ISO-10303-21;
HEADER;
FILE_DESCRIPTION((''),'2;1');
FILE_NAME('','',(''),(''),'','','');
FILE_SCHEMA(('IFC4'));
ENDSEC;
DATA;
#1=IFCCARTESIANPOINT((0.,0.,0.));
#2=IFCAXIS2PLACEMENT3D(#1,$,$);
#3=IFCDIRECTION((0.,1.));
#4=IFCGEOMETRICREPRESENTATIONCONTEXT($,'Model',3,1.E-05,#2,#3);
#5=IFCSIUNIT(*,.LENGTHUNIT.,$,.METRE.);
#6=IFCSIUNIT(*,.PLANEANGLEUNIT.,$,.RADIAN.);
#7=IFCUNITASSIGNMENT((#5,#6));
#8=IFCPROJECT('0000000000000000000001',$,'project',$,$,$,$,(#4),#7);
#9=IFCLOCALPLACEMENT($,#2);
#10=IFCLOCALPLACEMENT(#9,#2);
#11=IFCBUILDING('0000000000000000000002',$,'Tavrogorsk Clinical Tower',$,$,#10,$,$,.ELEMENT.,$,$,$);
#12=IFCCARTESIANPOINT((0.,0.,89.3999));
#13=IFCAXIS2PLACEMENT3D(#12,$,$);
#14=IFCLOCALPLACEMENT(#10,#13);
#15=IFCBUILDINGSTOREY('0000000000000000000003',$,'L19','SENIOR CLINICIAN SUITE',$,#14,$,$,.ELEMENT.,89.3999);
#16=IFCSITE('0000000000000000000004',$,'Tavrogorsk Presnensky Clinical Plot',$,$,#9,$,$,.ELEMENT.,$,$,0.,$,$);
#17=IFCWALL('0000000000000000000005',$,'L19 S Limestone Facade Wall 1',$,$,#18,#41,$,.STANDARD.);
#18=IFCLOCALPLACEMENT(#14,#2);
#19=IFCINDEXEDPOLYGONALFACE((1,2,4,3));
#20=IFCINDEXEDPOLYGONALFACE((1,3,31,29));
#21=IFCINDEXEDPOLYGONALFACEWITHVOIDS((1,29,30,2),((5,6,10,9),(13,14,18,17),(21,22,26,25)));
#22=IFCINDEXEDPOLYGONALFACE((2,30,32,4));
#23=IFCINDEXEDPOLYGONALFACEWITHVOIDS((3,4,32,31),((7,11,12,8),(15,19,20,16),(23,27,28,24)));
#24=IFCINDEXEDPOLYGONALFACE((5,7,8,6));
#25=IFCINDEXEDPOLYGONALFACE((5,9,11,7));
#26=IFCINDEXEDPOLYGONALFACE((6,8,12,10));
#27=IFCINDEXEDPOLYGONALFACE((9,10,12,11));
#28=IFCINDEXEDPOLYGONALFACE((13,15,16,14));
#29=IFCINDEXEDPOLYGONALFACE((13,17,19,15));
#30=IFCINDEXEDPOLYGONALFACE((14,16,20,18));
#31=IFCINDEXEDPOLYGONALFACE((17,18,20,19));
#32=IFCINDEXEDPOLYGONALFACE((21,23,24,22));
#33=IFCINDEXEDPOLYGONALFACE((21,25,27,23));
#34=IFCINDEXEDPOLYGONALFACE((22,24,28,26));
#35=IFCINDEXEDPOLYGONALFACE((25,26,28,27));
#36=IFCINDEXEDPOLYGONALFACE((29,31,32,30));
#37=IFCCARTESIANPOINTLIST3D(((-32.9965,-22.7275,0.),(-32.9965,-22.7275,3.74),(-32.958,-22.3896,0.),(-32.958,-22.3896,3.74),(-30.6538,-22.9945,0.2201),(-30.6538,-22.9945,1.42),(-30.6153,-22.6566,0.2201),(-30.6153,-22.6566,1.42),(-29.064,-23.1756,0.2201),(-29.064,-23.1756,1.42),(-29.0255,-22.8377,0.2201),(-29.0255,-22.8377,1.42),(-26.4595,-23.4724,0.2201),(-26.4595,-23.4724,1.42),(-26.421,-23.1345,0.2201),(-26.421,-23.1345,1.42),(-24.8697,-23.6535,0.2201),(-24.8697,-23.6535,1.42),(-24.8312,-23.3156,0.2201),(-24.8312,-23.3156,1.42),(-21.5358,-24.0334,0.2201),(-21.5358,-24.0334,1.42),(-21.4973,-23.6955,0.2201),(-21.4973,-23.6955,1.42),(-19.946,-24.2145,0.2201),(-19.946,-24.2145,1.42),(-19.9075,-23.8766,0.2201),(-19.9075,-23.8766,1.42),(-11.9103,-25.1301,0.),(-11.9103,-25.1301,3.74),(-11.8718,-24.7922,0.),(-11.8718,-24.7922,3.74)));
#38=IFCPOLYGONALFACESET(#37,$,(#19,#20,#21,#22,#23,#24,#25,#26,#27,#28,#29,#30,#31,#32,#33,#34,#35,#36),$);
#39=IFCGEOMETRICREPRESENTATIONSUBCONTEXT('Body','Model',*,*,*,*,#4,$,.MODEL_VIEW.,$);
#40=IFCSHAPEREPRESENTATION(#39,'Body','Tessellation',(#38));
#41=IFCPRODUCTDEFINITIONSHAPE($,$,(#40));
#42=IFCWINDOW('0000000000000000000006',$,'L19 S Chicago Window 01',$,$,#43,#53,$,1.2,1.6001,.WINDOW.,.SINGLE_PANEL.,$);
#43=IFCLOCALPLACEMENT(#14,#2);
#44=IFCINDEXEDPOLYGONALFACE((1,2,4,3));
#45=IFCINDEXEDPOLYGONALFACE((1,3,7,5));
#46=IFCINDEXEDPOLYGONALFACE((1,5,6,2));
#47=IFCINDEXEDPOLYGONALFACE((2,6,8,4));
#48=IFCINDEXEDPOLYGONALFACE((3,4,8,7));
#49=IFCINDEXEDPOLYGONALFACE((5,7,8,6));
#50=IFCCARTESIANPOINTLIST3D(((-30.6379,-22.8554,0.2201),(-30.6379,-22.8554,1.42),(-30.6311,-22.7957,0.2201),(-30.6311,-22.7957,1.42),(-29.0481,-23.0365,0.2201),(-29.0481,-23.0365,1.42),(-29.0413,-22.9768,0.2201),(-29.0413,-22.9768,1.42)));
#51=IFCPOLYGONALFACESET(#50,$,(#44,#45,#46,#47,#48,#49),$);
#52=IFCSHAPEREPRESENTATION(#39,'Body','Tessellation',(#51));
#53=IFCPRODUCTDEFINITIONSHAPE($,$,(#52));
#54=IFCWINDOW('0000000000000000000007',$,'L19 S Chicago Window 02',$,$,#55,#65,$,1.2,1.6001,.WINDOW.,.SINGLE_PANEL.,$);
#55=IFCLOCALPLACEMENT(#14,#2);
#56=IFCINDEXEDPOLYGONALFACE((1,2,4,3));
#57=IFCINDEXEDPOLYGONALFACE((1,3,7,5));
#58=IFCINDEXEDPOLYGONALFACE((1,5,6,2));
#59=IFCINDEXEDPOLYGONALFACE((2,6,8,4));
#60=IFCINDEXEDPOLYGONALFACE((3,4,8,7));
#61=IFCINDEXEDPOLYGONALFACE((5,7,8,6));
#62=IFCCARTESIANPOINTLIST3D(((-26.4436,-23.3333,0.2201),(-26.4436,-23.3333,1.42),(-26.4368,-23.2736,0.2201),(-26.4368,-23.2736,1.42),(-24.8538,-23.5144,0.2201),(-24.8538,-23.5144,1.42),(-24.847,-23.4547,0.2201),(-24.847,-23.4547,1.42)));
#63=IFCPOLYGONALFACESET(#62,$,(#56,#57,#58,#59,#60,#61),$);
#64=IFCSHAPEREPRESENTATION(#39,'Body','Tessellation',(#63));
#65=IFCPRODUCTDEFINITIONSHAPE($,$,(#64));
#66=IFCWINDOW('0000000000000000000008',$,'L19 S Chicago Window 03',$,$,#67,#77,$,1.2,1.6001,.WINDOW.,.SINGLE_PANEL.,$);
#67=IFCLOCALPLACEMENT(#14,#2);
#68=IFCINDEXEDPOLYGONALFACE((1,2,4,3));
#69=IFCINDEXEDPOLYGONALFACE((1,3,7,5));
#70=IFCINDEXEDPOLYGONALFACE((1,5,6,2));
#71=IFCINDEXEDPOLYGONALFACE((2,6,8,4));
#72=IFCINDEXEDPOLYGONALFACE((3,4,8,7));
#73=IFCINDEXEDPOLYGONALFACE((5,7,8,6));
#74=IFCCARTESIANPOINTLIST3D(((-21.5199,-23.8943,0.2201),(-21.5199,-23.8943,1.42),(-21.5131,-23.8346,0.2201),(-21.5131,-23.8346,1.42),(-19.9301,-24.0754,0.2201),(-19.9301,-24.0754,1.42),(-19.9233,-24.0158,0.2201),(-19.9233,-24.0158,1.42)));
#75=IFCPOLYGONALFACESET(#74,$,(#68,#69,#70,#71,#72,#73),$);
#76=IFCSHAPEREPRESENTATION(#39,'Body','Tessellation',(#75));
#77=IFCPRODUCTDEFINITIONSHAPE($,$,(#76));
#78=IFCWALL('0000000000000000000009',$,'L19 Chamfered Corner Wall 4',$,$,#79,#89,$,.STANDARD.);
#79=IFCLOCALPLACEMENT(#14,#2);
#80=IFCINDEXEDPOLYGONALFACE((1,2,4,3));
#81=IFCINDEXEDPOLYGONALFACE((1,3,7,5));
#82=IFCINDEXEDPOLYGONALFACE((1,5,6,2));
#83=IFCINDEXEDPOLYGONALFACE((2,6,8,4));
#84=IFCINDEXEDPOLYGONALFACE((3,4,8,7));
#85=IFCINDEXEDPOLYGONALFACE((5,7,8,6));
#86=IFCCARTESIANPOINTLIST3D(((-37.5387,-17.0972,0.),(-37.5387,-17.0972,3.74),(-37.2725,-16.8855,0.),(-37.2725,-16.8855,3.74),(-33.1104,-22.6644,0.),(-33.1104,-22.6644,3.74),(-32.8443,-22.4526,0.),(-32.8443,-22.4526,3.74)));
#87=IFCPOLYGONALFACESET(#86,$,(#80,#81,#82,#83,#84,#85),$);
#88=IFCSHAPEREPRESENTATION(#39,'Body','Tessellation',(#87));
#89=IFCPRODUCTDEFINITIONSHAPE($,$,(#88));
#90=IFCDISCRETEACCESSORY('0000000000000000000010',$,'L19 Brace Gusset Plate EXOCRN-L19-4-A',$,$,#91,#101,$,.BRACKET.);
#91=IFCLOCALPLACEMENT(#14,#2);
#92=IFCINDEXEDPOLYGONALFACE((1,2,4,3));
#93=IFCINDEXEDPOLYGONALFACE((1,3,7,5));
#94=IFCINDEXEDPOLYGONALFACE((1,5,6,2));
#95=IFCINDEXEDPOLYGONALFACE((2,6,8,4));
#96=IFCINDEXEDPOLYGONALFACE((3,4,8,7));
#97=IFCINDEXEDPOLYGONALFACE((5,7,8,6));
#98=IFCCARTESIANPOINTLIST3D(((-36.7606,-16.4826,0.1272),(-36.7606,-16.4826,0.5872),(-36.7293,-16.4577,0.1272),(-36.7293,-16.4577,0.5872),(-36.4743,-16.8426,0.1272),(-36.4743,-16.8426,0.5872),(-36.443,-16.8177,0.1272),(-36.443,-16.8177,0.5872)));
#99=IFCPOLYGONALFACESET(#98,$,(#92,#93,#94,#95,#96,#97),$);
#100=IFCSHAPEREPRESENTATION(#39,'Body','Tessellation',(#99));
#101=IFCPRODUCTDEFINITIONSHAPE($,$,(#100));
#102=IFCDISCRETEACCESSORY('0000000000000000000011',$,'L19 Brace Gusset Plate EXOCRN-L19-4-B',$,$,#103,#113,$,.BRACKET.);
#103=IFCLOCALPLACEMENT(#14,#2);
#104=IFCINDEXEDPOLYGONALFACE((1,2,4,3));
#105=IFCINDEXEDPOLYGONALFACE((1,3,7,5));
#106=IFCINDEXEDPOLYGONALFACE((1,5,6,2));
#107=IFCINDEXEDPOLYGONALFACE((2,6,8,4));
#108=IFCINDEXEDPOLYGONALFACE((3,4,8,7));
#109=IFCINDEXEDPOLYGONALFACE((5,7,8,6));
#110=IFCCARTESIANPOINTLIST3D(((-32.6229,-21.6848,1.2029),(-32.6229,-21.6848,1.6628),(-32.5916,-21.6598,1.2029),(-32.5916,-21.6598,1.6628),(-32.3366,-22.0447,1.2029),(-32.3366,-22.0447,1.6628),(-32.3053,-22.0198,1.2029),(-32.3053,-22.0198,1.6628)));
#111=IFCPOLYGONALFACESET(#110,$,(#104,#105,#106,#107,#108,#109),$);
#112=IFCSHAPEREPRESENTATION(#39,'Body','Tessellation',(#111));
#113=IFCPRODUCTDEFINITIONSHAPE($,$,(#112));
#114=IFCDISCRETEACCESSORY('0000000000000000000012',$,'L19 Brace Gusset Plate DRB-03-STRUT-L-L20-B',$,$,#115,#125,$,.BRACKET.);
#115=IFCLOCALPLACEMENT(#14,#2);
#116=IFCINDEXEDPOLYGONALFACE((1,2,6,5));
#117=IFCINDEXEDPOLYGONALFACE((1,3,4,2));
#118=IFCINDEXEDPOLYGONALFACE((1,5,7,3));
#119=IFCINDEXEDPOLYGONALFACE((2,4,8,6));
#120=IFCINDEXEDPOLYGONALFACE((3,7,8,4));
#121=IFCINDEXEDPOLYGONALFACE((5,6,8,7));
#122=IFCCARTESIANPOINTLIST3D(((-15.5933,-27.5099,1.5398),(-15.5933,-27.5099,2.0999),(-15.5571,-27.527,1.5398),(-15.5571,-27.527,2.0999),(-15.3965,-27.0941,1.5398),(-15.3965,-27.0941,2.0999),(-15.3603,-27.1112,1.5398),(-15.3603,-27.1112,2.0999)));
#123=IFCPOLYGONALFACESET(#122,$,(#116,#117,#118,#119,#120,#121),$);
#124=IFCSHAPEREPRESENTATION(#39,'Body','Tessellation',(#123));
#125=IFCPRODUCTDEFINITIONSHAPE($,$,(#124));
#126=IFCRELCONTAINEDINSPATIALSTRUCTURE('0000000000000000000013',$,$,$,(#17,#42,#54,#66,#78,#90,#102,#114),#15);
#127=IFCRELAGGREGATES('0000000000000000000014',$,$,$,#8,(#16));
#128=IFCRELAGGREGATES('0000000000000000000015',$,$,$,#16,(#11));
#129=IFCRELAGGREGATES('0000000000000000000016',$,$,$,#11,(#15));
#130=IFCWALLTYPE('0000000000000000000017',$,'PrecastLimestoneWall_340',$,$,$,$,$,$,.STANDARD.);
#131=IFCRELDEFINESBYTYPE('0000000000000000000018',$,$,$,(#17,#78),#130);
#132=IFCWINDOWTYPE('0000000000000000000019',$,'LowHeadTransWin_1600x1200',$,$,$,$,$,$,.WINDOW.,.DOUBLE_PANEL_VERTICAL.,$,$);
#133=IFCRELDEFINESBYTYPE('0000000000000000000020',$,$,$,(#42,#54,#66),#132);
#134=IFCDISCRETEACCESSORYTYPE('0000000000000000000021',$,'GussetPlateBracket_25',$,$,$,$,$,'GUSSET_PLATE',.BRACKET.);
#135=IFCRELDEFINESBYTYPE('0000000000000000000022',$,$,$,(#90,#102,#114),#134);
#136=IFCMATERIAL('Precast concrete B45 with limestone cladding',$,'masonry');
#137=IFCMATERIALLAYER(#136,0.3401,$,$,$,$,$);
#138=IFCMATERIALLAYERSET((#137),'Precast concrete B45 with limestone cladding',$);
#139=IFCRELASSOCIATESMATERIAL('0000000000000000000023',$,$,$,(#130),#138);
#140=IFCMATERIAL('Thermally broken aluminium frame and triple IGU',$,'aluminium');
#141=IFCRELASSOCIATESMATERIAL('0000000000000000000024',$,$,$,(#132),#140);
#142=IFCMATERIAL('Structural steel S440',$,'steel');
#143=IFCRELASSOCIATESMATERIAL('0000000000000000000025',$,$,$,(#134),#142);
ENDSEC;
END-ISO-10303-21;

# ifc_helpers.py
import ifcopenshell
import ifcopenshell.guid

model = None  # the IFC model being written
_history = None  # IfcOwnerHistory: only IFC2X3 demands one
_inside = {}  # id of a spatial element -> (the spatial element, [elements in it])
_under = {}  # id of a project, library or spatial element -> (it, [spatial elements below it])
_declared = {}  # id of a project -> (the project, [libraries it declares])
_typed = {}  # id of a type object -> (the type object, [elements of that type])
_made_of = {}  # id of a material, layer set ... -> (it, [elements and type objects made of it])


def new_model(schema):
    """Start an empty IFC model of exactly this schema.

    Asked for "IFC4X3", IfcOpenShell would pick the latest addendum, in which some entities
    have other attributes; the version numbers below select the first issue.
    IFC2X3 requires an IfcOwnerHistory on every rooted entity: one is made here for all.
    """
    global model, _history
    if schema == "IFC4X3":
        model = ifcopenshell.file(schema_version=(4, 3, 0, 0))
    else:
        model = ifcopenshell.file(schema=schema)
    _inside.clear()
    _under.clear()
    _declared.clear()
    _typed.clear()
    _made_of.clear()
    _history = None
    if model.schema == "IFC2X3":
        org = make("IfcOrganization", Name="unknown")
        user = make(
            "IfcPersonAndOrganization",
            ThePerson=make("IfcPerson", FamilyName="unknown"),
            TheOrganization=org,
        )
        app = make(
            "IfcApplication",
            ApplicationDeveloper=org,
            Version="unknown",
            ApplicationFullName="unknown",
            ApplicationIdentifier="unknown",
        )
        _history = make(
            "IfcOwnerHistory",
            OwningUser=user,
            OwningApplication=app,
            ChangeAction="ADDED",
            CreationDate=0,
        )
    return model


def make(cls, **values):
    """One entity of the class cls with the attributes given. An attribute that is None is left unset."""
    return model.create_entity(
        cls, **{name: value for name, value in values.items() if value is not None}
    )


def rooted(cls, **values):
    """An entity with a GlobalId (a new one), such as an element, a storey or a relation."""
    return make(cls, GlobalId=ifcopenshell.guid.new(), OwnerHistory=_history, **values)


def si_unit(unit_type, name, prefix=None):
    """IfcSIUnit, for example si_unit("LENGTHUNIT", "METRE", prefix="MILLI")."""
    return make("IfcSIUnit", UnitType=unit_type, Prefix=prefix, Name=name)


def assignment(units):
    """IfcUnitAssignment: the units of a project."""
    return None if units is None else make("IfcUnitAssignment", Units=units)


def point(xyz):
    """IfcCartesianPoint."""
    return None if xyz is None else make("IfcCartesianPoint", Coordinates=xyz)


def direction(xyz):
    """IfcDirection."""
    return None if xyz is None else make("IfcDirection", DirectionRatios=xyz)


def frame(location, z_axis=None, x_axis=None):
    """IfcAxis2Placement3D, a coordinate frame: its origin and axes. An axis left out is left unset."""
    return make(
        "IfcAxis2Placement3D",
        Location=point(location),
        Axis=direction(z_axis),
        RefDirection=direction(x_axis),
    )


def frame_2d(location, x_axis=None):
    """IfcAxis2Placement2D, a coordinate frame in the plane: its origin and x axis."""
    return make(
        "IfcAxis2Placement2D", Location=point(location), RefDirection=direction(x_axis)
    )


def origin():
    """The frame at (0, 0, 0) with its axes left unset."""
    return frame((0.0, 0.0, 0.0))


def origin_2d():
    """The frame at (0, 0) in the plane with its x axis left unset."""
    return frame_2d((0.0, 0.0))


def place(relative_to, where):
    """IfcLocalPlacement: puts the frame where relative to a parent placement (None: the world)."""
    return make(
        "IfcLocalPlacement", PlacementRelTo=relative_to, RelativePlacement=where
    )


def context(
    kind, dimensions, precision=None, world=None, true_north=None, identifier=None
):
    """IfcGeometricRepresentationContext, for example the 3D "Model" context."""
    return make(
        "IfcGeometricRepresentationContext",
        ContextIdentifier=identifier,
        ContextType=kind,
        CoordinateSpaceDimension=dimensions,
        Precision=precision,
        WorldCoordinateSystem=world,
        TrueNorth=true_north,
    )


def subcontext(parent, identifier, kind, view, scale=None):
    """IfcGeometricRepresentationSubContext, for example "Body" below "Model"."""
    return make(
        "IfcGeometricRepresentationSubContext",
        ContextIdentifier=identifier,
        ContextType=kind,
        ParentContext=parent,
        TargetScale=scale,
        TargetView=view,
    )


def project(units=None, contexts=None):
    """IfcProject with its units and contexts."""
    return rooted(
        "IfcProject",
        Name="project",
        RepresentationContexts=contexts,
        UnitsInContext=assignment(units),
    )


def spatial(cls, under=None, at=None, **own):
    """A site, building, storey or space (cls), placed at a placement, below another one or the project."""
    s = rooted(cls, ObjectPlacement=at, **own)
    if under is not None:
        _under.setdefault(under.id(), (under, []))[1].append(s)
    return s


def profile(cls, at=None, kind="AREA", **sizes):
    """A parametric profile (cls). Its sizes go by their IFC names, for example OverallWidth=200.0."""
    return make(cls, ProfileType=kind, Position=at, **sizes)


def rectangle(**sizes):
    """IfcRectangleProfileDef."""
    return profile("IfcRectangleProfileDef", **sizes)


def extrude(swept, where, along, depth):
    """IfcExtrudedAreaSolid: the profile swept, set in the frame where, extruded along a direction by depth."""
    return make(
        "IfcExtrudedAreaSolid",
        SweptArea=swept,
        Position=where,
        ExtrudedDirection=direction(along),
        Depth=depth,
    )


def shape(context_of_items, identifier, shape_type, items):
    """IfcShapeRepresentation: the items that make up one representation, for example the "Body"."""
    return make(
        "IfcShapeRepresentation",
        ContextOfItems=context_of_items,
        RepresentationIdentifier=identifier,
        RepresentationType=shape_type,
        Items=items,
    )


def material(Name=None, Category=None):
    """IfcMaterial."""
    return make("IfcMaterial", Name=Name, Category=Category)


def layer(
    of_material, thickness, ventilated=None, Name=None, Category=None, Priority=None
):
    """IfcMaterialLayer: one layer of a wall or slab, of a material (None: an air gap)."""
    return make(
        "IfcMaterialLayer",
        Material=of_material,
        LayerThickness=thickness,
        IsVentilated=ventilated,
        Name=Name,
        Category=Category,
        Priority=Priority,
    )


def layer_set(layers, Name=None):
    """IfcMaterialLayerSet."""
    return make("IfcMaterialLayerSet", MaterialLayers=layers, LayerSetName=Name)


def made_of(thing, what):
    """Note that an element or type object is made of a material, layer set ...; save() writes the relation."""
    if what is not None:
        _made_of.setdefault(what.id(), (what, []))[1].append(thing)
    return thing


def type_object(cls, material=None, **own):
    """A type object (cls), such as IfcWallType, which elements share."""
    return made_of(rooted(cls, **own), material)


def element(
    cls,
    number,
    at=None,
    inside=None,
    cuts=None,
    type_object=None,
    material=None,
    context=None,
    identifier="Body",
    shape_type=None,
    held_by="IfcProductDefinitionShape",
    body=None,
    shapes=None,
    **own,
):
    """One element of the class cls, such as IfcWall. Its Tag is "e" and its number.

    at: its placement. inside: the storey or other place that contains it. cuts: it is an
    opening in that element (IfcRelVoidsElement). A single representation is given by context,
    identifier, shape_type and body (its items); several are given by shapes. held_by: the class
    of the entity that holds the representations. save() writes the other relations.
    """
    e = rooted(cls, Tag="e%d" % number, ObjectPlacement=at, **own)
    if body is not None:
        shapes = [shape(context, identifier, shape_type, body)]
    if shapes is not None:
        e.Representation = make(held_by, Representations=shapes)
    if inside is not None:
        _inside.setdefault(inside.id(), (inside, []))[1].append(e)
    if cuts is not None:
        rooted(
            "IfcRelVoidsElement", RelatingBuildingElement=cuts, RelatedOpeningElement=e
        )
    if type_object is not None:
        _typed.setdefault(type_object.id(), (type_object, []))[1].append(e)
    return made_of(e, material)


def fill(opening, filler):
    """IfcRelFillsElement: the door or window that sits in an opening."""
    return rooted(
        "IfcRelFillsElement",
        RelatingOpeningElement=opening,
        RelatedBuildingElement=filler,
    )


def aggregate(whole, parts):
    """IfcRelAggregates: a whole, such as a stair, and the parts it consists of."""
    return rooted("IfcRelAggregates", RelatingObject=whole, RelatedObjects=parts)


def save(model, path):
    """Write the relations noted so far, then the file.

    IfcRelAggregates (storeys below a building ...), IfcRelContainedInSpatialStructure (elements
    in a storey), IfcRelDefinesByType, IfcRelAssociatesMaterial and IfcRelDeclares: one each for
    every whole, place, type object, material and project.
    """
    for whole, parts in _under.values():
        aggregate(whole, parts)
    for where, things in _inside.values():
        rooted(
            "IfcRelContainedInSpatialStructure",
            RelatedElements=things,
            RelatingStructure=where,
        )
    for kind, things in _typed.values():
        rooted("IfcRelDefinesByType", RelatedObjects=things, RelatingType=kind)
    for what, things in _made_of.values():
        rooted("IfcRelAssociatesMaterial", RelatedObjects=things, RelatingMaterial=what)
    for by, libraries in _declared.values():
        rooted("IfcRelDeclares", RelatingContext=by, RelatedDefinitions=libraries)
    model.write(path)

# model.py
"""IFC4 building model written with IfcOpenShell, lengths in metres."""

from ifc_helpers import new_model, si_unit, direction, frame, frame_2d, origin, origin_2d, place, context, subcontext, project, spatial, rectangle, extrude, material, layer, layer_set, type_object, element, fill, save


model = new_model("IFC4")

# Units and contexts
model_context = context("Model", 3, precision=1e-05, world=origin(), true_north=direction((0.0, 1.0)))
body_context = subcontext(model_context, "Body", "Model", "MODEL_VIEW")
ifc_project = project(units=[si_unit("LENGTHUNIT", "METRE"), si_unit("PLANEANGLEUNIT", "RADIAN")], contexts=[model_context])

# Site, building, storey
site_placement = place(None, origin())
site = spatial("IfcSite", under=ifc_project, at=site_placement, Name="Tavrogorsk Presnensky Clinical Plot", CompositionType="ELEMENT", RefElevation=0.0)
building_placement = place(site_placement, origin())
building = spatial("IfcBuilding", under=site, at=building_placement, Name="Tavrogorsk Clinical Tower", CompositionType="ELEMENT")
storey_placement = place(building_placement, frame((0.0, 0.0, 89.3999)))
storey = spatial("IfcBuildingStorey", under=building, at=storey_placement, Name="L19", Description="SENIOR CLINICIAN SUITE", CompositionType="ELEMENT", Elevation=89.3999)

# Wall, openings, windows
ifc_material_1 = material(Name="Precast concrete B45 with limestone cladding", Category="masonry")
ifc_layer_1 = layer(ifc_material_1, 0.3401)
ifc_layer_set_1 = layer_set([ifc_layer_1], Name="Precast concrete B45 with limestone cladding")
wall_type_1 = type_object("IfcWallType", Name="PrecastLimestoneWall_340", PredefinedType="STANDARD", material=ifc_layer_set_1)
wall_1_placement = place(storey_placement, frame((-32.9773, -22.5586, 0.0), z_axis=(0.0, 0.0, 1.0), x_axis=(0.993571, -0.113209, 0.0)))
wall_1 = element("IfcWall", 1, at=wall_1_placement, inside=storey, type_object=wall_type_1, Name="L19 S Limestone Facade Wall 1", PredefinedType="STANDARD", context=body_context, shape_type="SweptSolid", body=[
    extrude(rectangle(XDim=21.2227, YDim=0.3401, at=frame_2d((10.6113, 0.0))), origin(), (0.0, 0.0, 1.0), 3.74),
])
opening_1_placement = place(wall_1_placement, frame((2.3579, 0.0, 0.22)))
opening_1 = element("IfcOpeningElement", 2, at=opening_1_placement, cuts=wall_1, PredefinedType="OPENING", context=body_context, shape_type="SweptSolid", body=[
    extrude(rectangle(XDim=1.6001, YDim=1.2, at=frame_2d((0.8, 0.6001))), frame((0.0, 0.1799, 0.0), z_axis=(0.0, -1.0, 0.0), x_axis=(1.0, 0.0, 0.0)), (0.0, 0.0, 1.0), 0.3601),
])
opening_2_placement = place(wall_1_placement, frame((6.5793, 0.0, 0.22)))
opening_2 = element("IfcOpeningElement", 3, at=opening_2_placement, cuts=wall_1, PredefinedType="OPENING", context=body_context, shape_type="SweptSolid", body=[
    extrude(rectangle(XDim=1.6001, YDim=1.2, at=frame_2d((0.8, 0.6001))), frame((0.0, 0.1799, 0.0), z_axis=(0.0, -1.0, 0.0), x_axis=(1.0, 0.0, 0.0)), (0.0, 0.0, 1.0), 0.3601),
])
opening_3_placement = place(wall_1_placement, frame((11.5349, 0.0, 0.22)))
opening_3 = element("IfcOpeningElement", 4, at=opening_3_placement, cuts=wall_1, PredefinedType="OPENING", context=body_context, shape_type="SweptSolid", body=[
    extrude(rectangle(XDim=1.6001, YDim=1.2, at=frame_2d((0.8, 0.6001))), frame((0.0, 0.1799, 0.0), z_axis=(0.0, -1.0, 0.0), x_axis=(1.0, 0.0, 0.0)), (0.0, 0.0, 1.0), 0.3601),
])
ifc_material_2 = material(Name="Thermally broken aluminium frame and triple IGU", Category="aluminium")
window_type = type_object("IfcWindowType", Name="LowHeadTransWin_1600x1200", PartitioningType="DOUBLE_PANEL_VERTICAL", PredefinedType="WINDOW", material=ifc_material_2)
window_1_placement = place(opening_1_placement, origin())
window_1 = element("IfcWindow", 5, at=window_1_placement, inside=storey, type_object=window_type, Name="L19 S Chicago Window 01", OverallHeight=1.2, OverallWidth=1.6001, PartitioningType="SINGLE_PANEL", PredefinedType="WINDOW", context=body_context, shape_type="SweptSolid", body=[
    extrude(rectangle(XDim=1.6001, YDim=1.2, at=frame_2d((0.8, 0.6001))), frame((0.0, 0.03, 0.0), z_axis=(0.0, -1.0, 0.0), x_axis=(1.0, 0.0, 0.0)), (0.0, 0.0, 1.0), 0.0601),
])
fill(opening_1, window_1)
window_2_placement = place(opening_2_placement, origin())
window_2 = element("IfcWindow", 6, at=window_2_placement, inside=storey, type_object=window_type, Name="L19 S Chicago Window 02", OverallHeight=1.2, OverallWidth=1.6001, PartitioningType="SINGLE_PANEL", PredefinedType="WINDOW", context=body_context, shape_type="SweptSolid", body=[
    extrude(rectangle(XDim=1.6001, YDim=1.2, at=frame_2d((0.8, 0.6001))), frame((0.0, 0.03, 0.0), z_axis=(0.0, -1.0, 0.0), x_axis=(1.0, 0.0, 0.0)), (0.0, 0.0, 1.0), 0.0601),
])
fill(opening_2, window_2)
window_3_placement = place(opening_3_placement, origin())
window_3 = element("IfcWindow", 7, at=window_3_placement, inside=storey, type_object=window_type, Name="L19 S Chicago Window 03", OverallHeight=1.2, OverallWidth=1.6001, PartitioningType="SINGLE_PANEL", PredefinedType="WINDOW", context=body_context, shape_type="SweptSolid", body=[
    extrude(rectangle(XDim=1.6001, YDim=1.2, at=frame_2d((0.8, 0.6001))), frame((0.0, 0.03, 0.0), z_axis=(0.0, -1.0, 0.0), x_axis=(1.0, 0.0, 0.0)), (0.0, 0.0, 1.0), 0.0601),
])
fill(opening_3, window_3)

# Wall
wall_2_placement = place(storey_placement, frame((-37.4055, -16.9915, 0.0), z_axis=(0.0, 0.0, 1.0), x_axis=(0.622508, -0.782614, 0.0)))
element("IfcWall", 8, at=wall_2_placement, inside=storey, type_object=wall_type_1, Name="L19 Chamfered Corner Wall 4", PredefinedType="STANDARD", context=body_context, shape_type="SweptSolid", body=[
    extrude(rectangle(XDim=7.1135, YDim=0.3401, at=frame_2d((3.5566, 0.0))), origin(), (0.0, 0.0, 1.0), 3.74),
])

# Discrete accessories
ifc_material_3 = material(Name="Structural steel S440", Category="steel")
discrete_accessory_type = type_object("IfcDiscreteAccessoryType", Name="GussetPlateBracket_25", ElementType="GUSSET_PLATE", PredefinedType="BRACKET", material=ifc_material_3)
for number, where, z_axis, x_axis, name in (
    (9, (-36.6018, -16.6501, 0.1272), (0.0, 0.0, 1.0), (0.622515, -0.782608, 0.0), "L19 Brace Gusset Plate EXOCRN-L19-4-A"),
    (10, (-32.4641, -21.8523, 1.2029), (0.0, 0.0, 1.0), (0.622515, -0.782608, 0.0), "L19 Brace Gusset Plate EXOCRN-L19-4-B"),
):
    element("IfcDiscreteAccessory", number, at=place(storey_placement, frame(where, z_axis=z_axis, x_axis=x_axis)), inside=storey, type_object=discrete_accessory_type, Name=name, PredefinedType="BRACKET", context=body_context, shape_type="SweptSolid", body=[
        extrude(rectangle(XDim=0.46, YDim=0.04, at=origin_2d()), origin(), (0.0, 0.0, 1.0), 0.46),
    ])
discrete_accessory_placement = place(storey_placement, frame((-15.4768, -27.3105, 1.5398), z_axis=(0.0, 0.0, 1.0), x_axis=(-0.427831, -0.903859, 0.0)))
element("IfcDiscreteAccessory", 11, at=discrete_accessory_placement, inside=storey, type_object=discrete_accessory_type, Name="L19 Brace Gusset Plate DRB-03-STRUT-L-L20-B", PredefinedType="BRACKET", context=body_context, shape_type="SweptSolid", body=[
    extrude(rectangle(XDim=0.46, YDim=0.04, at=origin_2d()), origin(), (0.0, 0.0, 1.0), 0.5601),
])

save(model, "model.ifc")
